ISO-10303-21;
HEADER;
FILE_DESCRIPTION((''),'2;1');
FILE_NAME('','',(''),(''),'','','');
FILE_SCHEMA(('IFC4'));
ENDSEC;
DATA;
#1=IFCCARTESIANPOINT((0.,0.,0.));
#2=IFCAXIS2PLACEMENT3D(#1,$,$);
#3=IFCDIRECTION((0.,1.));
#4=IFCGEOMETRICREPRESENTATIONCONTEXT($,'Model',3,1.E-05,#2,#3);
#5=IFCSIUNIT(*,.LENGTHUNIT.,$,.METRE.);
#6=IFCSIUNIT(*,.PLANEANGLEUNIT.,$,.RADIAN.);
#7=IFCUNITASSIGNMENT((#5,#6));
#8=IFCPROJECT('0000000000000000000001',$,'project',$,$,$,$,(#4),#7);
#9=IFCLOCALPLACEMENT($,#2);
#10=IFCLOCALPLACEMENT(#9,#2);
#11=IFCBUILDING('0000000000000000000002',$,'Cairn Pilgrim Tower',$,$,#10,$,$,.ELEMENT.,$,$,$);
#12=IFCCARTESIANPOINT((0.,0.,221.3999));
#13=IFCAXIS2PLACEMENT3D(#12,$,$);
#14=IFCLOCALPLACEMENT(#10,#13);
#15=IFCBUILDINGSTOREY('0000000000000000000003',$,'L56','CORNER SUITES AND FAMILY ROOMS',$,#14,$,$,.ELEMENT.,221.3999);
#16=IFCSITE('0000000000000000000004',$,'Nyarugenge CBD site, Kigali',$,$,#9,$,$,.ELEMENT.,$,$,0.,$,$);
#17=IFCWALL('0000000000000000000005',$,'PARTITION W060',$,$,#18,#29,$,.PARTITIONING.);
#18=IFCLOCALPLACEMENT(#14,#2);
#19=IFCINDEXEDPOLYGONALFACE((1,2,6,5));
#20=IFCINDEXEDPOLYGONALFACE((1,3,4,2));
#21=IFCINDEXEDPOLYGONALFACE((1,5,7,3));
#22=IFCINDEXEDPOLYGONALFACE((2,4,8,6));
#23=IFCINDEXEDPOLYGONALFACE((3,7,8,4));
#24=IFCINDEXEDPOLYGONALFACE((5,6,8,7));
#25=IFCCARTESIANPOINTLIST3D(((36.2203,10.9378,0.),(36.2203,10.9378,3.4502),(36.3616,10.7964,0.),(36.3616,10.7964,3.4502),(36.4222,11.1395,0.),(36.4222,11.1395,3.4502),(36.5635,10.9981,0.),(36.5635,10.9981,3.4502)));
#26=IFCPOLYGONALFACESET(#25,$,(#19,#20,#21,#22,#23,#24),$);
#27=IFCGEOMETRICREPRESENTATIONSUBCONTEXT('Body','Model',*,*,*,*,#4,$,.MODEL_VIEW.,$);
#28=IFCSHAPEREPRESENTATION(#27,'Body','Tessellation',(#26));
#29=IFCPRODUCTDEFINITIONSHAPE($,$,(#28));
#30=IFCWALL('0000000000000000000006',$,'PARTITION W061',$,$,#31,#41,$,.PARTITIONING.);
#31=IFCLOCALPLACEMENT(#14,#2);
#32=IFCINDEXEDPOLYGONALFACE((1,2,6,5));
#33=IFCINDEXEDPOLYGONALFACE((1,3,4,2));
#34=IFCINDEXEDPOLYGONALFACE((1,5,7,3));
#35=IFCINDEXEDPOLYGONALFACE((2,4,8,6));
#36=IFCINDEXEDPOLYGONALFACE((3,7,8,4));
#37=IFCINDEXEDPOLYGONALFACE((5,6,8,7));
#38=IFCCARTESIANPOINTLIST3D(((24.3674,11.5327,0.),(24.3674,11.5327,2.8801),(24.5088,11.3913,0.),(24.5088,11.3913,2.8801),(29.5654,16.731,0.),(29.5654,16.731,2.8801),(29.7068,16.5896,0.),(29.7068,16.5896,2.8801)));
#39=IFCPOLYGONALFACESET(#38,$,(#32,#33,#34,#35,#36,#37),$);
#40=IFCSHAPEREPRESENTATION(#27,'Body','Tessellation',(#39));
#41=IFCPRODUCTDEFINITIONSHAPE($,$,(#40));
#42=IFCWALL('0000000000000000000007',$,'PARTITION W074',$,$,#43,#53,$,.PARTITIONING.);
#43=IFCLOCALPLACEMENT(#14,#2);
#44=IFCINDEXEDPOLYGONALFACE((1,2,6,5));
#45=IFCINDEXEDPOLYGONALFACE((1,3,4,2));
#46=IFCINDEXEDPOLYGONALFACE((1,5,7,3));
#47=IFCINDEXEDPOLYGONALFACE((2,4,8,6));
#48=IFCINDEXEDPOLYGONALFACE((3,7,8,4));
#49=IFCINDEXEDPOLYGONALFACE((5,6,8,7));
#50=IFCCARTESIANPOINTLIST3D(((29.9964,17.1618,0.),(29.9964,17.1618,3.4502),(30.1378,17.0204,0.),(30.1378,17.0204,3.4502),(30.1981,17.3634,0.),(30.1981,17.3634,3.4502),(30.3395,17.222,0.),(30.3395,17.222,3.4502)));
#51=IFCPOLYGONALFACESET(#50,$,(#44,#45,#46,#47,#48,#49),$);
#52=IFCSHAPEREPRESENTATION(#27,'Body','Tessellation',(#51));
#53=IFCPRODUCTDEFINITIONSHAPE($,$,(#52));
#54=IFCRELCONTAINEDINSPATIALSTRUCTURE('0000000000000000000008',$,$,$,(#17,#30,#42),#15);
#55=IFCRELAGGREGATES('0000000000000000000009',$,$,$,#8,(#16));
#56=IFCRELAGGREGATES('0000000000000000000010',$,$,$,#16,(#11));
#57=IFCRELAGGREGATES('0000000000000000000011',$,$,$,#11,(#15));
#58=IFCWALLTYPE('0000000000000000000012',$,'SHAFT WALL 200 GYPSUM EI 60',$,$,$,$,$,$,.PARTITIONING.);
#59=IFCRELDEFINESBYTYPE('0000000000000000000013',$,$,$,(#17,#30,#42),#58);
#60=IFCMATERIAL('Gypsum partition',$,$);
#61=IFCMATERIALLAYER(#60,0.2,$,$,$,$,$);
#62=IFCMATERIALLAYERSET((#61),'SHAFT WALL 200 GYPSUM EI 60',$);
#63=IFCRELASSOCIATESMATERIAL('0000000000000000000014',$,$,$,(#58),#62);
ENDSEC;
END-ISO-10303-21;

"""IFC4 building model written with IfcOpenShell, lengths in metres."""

from ifc_helpers import new_model, si_unit, direction, frame, frame_2d, origin, place, context, subcontext, project, spatial, rectangle, extrude, material, layer, layer_set, type_object, element, save


model = new_model("IFC4")

# Units and contexts
model_context = context("Model", 3, precision=1e-05, world=origin(), true_north=direction((0.0, 1.0)))
body_context = subcontext(model_context, "Body", "Model", "MODEL_VIEW")
ifc_project = project(units=[si_unit("LENGTHUNIT", "METRE"), si_unit("PLANEANGLEUNIT", "RADIAN")], contexts=[model_context])

# Site, building, storey
site_placement = place(None, origin())
site = spatial("IfcSite", under=ifc_project, at=site_placement, Name="Nyarugenge CBD site, Kigali", CompositionType="ELEMENT", RefElevation=0.0)
building_placement = place(site_placement, origin())
building = spatial("IfcBuilding", under=site, at=building_placement, Name="Cairn Pilgrim Tower", CompositionType="ELEMENT")
storey_placement = place(building_placement, frame((0.0, 0.0, 221.3999)))
storey = spatial("IfcBuildingStorey", under=building, at=storey_placement, Name="L56", Description="CORNER SUITES AND FAMILY ROOMS", CompositionType="ELEMENT", Elevation=221.3999)

# Walls
ifc_material_1 = material(Name="Gypsum partition")
ifc_layer_1 = layer(ifc_material_1, 0.2)
ifc_layer_set_1 = layer_set([ifc_layer_1], Name="SHAFT WALL 200 GYPSUM EI 60")
wall_type_1 = type_object("IfcWallType", Name="SHAFT WALL 200 GYPSUM EI 60", PredefinedType="PARTITIONING", material=ifc_layer_set_1)
wall_1_placement = place(storey_placement, frame((36.291, 10.8672, 0.0), z_axis=(0.0, 0.0, 1.0), x_axis=(0.707534, 0.706679, 0.0)))
element("IfcWall", 1, at=wall_1_placement, inside=storey, type_object=wall_type_1, Name="PARTITION W060", PredefinedType="PARTITIONING", context=body_context, shape_type="SweptSolid", body=[
    extrude(rectangle(XDim=0.2854, YDim=0.2, at=frame_2d((0.1426, 0.0))), origin(), (0.0, 0.0, 1.0), 3.4502),
])
wall_2_placement = place(storey_placement, frame((24.438, 11.4619, 0.0), z_axis=(0.0, 0.0, 1.0), x_axis=(0.70709, 0.707123, 0.0)))
element("IfcWall", 2, at=wall_2_placement, inside=storey, type_object=wall_type_1, Name="PARTITION W061", PredefinedType="PARTITIONING", context=body_context, shape_type="SweptSolid", body=[
    extrude(rectangle(XDim=7.3513, YDim=0.2, at=frame_2d((3.6758, 0.0))), origin(), (0.0, 0.0, 1.0), 2.8801),
])
wall_3_placement = place(storey_placement, frame((30.0671, 17.0911, 0.0), z_axis=(0.0, 0.0, 1.0), x_axis=(0.707107, 0.707107, 0.0)))
element("IfcWall", 3, at=wall_3_placement, inside=storey, type_object=wall_type_1, Name="PARTITION W074", PredefinedType="PARTITIONING", context=body_context, shape_type="SweptSolid", body=[
    extrude(rectangle(XDim=0.2852, YDim=0.2, at=frame_2d((0.1426, 0.0))), origin(), (0.0, 0.0, 1.0), 3.4502),
])

save(model, "model.ifc")
